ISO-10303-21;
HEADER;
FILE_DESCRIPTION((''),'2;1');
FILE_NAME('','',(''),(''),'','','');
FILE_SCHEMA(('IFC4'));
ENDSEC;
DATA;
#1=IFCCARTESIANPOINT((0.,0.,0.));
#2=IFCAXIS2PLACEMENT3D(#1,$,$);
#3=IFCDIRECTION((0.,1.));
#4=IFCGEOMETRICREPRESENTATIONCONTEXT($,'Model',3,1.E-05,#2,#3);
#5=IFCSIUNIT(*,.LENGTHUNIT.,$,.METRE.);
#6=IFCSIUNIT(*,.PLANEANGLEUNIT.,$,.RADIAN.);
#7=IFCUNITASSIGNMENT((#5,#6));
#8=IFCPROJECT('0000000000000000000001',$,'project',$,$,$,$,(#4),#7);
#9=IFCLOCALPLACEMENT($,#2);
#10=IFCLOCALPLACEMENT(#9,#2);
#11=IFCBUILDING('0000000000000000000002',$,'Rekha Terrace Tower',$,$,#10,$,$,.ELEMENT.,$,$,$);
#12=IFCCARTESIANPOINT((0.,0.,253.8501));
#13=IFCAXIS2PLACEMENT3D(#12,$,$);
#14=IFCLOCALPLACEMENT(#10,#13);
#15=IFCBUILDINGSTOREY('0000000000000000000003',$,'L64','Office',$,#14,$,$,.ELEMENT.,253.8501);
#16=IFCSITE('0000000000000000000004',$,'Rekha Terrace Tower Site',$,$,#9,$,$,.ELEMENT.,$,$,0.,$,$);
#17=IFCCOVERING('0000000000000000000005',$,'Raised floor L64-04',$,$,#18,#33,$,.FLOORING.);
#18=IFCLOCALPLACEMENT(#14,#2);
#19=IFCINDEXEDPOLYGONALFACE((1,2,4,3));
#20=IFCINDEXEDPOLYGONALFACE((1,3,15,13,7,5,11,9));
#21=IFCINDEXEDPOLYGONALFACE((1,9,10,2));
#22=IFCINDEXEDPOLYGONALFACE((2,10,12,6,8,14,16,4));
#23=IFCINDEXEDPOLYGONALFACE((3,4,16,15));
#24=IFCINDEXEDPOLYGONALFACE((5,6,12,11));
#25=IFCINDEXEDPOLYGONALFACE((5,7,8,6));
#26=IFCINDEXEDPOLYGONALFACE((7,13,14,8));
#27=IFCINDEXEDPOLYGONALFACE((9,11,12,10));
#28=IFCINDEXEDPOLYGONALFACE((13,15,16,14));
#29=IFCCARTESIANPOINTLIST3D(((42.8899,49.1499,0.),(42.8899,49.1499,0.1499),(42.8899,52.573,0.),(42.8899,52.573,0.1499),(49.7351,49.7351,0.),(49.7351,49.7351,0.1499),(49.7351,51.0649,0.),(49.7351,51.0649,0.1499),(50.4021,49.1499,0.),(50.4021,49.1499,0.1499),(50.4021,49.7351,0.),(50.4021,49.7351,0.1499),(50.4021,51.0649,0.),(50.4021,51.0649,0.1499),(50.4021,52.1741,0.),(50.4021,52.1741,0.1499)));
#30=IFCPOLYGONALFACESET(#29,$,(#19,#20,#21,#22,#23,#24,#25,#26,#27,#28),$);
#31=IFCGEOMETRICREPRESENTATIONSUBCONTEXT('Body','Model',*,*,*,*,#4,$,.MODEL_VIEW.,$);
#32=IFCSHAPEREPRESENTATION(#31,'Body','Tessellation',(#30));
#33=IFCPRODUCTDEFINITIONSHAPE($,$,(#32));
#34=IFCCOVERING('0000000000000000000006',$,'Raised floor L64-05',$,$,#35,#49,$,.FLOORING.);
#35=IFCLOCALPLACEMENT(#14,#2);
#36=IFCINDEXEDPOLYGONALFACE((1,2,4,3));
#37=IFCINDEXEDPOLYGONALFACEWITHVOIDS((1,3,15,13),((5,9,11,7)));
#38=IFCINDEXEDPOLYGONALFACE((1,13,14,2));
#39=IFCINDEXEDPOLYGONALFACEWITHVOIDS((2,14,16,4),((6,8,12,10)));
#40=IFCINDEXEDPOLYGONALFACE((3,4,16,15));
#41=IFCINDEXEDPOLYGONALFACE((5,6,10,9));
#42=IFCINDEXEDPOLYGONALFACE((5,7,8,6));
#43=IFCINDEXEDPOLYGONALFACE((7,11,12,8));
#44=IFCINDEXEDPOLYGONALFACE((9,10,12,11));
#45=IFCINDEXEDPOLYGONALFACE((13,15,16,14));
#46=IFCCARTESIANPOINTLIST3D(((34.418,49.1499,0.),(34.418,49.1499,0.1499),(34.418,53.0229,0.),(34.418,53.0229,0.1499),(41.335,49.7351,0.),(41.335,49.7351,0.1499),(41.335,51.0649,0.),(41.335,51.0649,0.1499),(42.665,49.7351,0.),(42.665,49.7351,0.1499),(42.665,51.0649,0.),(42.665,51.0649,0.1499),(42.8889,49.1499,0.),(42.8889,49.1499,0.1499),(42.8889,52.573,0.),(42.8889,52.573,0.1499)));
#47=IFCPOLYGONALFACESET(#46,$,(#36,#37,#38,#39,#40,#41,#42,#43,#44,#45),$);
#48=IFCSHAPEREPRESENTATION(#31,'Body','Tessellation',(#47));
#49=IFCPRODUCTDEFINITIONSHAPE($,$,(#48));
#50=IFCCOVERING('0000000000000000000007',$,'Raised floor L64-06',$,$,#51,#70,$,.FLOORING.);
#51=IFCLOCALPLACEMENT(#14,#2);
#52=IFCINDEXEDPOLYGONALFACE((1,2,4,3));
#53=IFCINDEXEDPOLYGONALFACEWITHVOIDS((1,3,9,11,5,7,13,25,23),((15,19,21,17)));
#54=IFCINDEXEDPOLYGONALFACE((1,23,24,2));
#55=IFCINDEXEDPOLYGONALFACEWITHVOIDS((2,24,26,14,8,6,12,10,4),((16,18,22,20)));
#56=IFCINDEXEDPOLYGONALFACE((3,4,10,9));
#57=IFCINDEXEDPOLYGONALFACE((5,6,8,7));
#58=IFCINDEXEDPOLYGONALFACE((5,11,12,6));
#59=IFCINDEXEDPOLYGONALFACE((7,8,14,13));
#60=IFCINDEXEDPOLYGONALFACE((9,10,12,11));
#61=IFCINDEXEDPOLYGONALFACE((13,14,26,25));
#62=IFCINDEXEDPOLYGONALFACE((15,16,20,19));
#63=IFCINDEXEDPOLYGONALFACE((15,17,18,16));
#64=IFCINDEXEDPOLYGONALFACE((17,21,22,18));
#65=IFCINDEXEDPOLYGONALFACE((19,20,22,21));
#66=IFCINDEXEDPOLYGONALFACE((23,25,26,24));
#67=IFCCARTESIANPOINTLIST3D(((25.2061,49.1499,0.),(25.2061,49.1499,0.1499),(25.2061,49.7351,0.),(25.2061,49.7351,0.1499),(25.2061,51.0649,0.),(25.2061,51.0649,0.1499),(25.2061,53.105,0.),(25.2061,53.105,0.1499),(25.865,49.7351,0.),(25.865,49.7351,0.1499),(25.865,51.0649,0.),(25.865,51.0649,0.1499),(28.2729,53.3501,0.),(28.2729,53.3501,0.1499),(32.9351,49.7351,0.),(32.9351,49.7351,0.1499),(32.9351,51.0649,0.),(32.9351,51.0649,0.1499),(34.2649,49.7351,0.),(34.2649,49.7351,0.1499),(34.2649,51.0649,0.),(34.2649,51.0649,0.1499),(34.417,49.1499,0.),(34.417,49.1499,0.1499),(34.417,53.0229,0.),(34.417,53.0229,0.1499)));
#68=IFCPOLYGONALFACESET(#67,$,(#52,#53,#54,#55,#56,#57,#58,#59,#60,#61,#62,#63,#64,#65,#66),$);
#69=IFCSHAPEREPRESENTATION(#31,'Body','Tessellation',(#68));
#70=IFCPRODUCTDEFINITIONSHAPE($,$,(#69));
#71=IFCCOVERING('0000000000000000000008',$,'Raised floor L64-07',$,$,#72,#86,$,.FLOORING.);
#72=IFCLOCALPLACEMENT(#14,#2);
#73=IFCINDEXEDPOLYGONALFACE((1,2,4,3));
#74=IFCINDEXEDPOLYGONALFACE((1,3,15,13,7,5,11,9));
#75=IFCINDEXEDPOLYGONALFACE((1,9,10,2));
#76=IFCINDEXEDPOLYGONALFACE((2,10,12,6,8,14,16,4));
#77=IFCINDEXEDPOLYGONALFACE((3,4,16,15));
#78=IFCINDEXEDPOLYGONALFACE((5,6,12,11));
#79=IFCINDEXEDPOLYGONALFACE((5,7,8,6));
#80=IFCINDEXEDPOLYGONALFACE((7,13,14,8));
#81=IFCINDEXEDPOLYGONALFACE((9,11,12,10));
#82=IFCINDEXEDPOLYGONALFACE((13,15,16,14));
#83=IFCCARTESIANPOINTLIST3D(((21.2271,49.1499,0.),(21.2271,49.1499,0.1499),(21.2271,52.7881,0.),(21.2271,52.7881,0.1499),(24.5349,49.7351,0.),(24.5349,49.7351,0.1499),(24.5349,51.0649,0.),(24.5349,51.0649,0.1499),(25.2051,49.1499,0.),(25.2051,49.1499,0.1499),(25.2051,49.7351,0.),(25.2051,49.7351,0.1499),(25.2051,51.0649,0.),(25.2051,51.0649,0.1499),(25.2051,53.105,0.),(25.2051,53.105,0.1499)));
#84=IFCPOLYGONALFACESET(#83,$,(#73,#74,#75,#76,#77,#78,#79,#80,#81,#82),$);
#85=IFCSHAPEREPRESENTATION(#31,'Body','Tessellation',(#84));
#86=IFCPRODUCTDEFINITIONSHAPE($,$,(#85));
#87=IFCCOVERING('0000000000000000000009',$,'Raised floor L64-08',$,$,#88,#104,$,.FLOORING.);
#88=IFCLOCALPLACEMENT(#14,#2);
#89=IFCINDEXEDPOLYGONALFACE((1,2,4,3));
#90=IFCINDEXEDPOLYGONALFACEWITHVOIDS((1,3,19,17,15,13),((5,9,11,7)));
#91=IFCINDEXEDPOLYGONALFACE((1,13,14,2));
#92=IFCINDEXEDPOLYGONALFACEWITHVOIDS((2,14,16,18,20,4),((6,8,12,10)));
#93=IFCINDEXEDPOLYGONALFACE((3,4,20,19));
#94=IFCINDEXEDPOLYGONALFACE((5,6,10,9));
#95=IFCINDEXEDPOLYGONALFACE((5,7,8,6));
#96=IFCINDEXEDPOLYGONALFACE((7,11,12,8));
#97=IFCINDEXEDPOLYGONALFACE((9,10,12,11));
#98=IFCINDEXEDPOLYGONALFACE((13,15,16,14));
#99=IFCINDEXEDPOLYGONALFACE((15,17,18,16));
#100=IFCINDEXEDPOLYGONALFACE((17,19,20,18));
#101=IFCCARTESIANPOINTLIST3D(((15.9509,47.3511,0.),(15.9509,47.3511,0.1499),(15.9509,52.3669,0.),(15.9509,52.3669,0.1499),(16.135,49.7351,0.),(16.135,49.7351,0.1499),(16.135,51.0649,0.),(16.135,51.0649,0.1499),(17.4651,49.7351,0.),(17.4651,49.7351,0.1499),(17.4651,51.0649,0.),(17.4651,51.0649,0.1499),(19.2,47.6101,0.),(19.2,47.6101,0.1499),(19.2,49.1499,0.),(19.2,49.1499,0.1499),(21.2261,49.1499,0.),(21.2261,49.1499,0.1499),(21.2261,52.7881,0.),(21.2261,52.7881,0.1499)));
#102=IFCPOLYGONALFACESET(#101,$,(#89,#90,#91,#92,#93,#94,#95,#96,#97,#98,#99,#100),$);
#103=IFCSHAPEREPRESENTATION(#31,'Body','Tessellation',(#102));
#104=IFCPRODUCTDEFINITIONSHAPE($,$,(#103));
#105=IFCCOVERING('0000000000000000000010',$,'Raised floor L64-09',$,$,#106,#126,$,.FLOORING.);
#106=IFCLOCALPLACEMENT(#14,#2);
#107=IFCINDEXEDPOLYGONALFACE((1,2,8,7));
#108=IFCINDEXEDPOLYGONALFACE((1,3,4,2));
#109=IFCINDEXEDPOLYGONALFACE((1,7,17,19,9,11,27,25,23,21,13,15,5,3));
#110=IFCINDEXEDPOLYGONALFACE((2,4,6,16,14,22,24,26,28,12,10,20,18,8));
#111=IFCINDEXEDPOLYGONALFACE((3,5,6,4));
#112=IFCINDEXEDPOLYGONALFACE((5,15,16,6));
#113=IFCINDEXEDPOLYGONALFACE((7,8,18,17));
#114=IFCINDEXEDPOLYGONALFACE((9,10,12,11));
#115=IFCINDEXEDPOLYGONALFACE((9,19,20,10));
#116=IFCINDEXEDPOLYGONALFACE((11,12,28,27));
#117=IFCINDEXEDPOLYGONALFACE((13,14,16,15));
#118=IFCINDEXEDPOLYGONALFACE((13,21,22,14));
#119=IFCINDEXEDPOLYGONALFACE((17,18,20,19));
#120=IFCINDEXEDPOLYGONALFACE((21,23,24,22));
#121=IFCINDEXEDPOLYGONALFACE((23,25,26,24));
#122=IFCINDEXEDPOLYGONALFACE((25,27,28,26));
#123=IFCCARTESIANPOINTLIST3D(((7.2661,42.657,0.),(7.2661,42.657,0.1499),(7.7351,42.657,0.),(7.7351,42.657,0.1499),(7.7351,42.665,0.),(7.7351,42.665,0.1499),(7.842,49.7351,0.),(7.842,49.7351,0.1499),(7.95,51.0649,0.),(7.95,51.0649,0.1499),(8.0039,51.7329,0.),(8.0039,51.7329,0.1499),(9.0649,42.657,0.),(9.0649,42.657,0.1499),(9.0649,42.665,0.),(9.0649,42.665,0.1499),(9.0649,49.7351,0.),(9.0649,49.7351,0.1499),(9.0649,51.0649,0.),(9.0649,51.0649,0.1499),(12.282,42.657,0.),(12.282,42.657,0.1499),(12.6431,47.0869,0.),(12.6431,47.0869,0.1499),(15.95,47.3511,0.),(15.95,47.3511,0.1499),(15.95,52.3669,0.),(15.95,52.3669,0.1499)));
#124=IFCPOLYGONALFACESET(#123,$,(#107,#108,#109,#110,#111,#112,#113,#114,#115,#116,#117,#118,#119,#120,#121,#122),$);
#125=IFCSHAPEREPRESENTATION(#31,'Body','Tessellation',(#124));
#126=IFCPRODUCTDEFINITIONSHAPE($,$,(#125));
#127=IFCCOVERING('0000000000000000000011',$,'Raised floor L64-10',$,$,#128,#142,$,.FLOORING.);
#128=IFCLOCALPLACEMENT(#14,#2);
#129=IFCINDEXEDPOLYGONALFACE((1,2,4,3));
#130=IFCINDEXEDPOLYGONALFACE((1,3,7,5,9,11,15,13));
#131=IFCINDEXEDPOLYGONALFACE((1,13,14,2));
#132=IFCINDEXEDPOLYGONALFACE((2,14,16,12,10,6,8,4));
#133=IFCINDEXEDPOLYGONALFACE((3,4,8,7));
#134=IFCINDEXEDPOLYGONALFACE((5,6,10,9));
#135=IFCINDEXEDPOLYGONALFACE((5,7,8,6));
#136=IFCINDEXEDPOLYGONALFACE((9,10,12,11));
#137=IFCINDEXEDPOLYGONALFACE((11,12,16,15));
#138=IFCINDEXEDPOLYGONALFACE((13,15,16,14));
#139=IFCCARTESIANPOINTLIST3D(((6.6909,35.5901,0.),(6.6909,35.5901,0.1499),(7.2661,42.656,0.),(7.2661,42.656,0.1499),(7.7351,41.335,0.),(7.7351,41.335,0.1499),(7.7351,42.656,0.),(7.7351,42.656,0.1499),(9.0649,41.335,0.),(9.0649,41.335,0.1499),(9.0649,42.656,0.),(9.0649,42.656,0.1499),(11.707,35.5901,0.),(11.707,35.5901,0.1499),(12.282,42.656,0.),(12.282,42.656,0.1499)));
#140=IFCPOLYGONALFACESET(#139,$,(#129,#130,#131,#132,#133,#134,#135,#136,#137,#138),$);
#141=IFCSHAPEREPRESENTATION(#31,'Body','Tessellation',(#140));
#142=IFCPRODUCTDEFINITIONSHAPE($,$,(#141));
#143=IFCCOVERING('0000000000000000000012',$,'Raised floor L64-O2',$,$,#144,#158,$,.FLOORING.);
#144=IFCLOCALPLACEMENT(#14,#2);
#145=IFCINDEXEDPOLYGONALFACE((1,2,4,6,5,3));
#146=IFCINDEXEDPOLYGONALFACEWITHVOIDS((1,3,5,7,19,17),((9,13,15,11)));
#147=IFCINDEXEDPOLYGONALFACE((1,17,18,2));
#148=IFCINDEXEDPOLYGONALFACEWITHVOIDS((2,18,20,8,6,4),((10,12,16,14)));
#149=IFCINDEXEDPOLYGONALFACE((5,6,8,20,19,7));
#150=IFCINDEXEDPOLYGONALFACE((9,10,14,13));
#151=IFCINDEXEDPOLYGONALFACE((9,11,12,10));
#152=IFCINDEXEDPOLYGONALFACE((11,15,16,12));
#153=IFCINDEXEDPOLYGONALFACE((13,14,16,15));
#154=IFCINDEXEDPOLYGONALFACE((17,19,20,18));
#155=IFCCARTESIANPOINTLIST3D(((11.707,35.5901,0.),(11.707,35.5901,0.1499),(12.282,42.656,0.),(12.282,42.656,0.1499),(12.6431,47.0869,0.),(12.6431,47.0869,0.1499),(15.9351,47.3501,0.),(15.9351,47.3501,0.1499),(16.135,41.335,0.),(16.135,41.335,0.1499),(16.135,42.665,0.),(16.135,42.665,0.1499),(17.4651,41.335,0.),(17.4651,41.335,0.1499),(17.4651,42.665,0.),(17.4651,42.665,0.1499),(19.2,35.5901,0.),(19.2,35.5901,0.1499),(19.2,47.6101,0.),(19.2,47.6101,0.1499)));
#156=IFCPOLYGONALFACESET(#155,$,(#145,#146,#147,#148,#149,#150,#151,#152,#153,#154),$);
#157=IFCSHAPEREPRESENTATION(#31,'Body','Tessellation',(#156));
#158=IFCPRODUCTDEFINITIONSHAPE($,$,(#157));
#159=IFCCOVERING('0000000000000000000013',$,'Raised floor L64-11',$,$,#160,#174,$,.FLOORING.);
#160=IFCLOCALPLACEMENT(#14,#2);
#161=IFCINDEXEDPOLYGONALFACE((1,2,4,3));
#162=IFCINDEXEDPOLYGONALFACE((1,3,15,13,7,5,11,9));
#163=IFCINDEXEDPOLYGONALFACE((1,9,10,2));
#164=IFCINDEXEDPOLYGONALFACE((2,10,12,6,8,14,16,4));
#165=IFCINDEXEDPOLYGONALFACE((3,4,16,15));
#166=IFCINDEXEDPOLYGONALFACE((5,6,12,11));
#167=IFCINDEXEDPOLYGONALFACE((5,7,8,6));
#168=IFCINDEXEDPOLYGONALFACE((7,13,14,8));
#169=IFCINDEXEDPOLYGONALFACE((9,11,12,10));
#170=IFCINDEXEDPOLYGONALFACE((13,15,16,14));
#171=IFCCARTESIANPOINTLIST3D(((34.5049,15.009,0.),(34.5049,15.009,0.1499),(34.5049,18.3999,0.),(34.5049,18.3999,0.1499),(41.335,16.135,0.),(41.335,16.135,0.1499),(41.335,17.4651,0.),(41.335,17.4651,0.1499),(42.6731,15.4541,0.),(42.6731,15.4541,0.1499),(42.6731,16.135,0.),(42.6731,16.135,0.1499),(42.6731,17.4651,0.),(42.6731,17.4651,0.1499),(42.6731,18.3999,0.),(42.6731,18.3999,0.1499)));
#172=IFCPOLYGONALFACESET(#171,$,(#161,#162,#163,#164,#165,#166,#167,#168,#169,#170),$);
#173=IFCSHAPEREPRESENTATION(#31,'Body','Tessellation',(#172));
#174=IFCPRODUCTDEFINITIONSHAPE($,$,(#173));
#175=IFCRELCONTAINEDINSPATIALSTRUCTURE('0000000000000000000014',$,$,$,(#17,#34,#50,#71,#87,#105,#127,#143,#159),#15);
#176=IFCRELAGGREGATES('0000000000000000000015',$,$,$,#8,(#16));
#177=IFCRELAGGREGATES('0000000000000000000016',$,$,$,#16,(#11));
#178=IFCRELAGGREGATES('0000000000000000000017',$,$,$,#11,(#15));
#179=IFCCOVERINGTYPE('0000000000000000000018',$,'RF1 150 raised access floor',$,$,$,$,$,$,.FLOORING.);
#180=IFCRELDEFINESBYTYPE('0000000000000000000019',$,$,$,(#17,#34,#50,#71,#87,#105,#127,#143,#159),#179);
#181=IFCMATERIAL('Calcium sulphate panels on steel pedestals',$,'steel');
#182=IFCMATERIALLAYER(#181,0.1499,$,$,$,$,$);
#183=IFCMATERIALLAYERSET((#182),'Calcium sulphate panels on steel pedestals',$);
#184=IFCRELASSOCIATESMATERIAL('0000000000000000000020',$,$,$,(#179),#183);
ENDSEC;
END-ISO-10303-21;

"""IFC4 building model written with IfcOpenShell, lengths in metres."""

from ifc_helpers import new_model, si_unit, direction, frame, origin, place, context, subcontext, project, spatial, polyline, outline, extrude, material, layer, layer_set, type_object, element, save


model = new_model("IFC4")

# Units and contexts
model_context = context("Model", 3, precision=1e-05, world=origin(), true_north=direction((0.0, 1.0)))
body_context = subcontext(model_context, "Body", "Model", "MODEL_VIEW")
ifc_project = project(units=[si_unit("LENGTHUNIT", "METRE"), si_unit("PLANEANGLEUNIT", "RADIAN")], contexts=[model_context])

# Site, building, storey
site_placement = place(None, origin())
site = spatial("IfcSite", under=ifc_project, at=site_placement, Name="Rekha Terrace Tower Site", CompositionType="ELEMENT", RefElevation=0.0)
building_placement = place(site_placement, origin())
building = spatial("IfcBuilding", under=site, at=building_placement, Name="Rekha Terrace Tower", CompositionType="ELEMENT")
storey_placement = place(building_placement, frame((0.0, 0.0, 253.8501)))
storey = spatial("IfcBuildingStorey", under=building, at=storey_placement, Name="L64", Description="Office", CompositionType="ELEMENT", Elevation=253.8501)

# Coverings
ifc_material_1 = material(Name="Calcium sulphate panels on steel pedestals", Category="steel")
ifc_layer_1 = layer(ifc_material_1, 0.1499)
ifc_layer_set_1 = layer_set([ifc_layer_1], Name="Calcium sulphate panels on steel pedestals")
covering_type_1 = type_object("IfcCoveringType", Name="RF1 150 raised access floor", PredefinedType="FLOORING", material=ifc_layer_set_1)
covering_1_placement = place(storey_placement, origin())
element("IfcCovering", 1, at=covering_1_placement, inside=storey, type_object=covering_type_1, Name="Raised floor L64-04", PredefinedType="FLOORING", context=body_context, shape_type="SweptSolid", body=[
    extrude(outline(polyline([(50.4021, 51.0649), (50.4021, 52.1741), (42.8899, 52.573), (42.8899, 49.1499), (50.4021, 49.1499), (50.4021, 49.7351), (49.7351, 49.7351), (49.7351, 51.0649), (50.4021, 51.0649)])), origin(), (0.0, 0.0, 1.0), 0.1499),
])
covering_2_placement = place(storey_placement, origin())
element("IfcCovering", 2, at=covering_2_placement, inside=storey, type_object=covering_type_1, Name="Raised floor L64-05", PredefinedType="FLOORING", context=body_context, shape_type="SweptSolid", body=[
    extrude(outline(polyline([(42.8889, 49.1499), (42.8889, 52.573), (34.418, 53.0229), (34.418, 49.1499), (42.8889, 49.1499)]), holes=[polyline([(42.665, 49.7351), (41.335, 49.7351), (41.335, 51.0649), (42.665, 51.0649), (42.665, 49.7351)])]), origin(), (0.0, 0.0, 1.0), 0.1499),
])
covering_3_placement = place(storey_placement, origin())
element("IfcCovering", 3, at=covering_3_placement, inside=storey, type_object=covering_type_1, Name="Raised floor L64-06", PredefinedType="FLOORING", context=body_context, shape_type="SweptSolid", body=[
    extrude(outline(polyline([(34.417, 53.0229), (28.2729, 53.3501), (25.2061, 53.105), (25.2061, 51.0649), (25.865, 51.0649), (25.865, 49.7351), (25.2061, 49.7351), (25.2061, 49.1499), (34.417, 49.1499), (34.417, 53.0229)]), holes=[polyline([(34.2649, 49.7351), (32.9351, 49.7351), (32.9351, 51.0649), (34.2649, 51.0649), (34.2649, 49.7351)])]), origin(), (0.0, 0.0, 1.0), 0.1499),
])
covering_4_placement = place(storey_placement, origin())
element("IfcCovering", 4, at=covering_4_placement, inside=storey, type_object=covering_type_1, Name="Raised floor L64-07", PredefinedType="FLOORING", context=body_context, shape_type="SweptSolid", body=[
    extrude(outline(polyline([(25.2051, 51.0649), (25.2051, 53.105), (21.2271, 52.7881), (21.2271, 49.1499), (25.2051, 49.1499), (25.2051, 49.7351), (24.5349, 49.7351), (24.5349, 51.0649), (25.2051, 51.0649)])), origin(), (0.0, 0.0, 1.0), 0.1499),
])
covering_5_placement = place(storey_placement, origin())
element("IfcCovering", 5, at=covering_5_placement, inside=storey, type_object=covering_type_1, Name="Raised floor L64-08", PredefinedType="FLOORING", context=body_context, shape_type="SweptSolid", body=[
    extrude(outline(polyline([(15.9509, 52.3669), (15.9509, 47.3511), (19.2, 47.6101), (19.2, 49.1499), (21.2261, 49.1499), (21.2261, 52.7881), (15.9509, 52.3669)]), holes=[polyline([(17.4651, 49.7351), (16.135, 49.7351), (16.135, 51.0649), (17.4651, 51.0649), (17.4651, 49.7351)])]), origin(), (0.0, 0.0, 1.0), 0.1499),
])
covering_6_placement = place(storey_placement, origin())
element("IfcCovering", 6, at=covering_6_placement, inside=storey, type_object=covering_type_1, Name="Raised floor L64-09", PredefinedType="FLOORING", context=body_context, shape_type="SweptSolid", body=[
    extrude(outline(polyline([(7.2661, 42.657), (7.7351, 42.657), (7.7351, 42.665), (9.0649, 42.665), (9.0649, 42.657), (12.282, 42.657), (12.6431, 47.0869), (15.95, 47.3511), (15.95, 52.3669), (8.0039, 51.7329), (7.95, 51.0649), (9.0649, 51.0649), (9.0649, 49.7351), (7.842, 49.7351), (7.2661, 42.657)])), origin(), (0.0, 0.0, 1.0), 0.1499),
])
covering_7_placement = place(storey_placement, origin())
element("IfcCovering", 7, at=covering_7_placement, inside=storey, type_object=covering_type_1, Name="Raised floor L64-10", PredefinedType="FLOORING", context=body_context, shape_type="SweptSolid", body=[
    extrude(outline(polyline([(7.7351, 42.656), (7.2661, 42.656), (6.6909, 35.5901), (11.707, 35.5901), (12.282, 42.656), (9.0649, 42.656), (9.0649, 41.335), (7.7351, 41.335), (7.7351, 42.656)])), origin(), (0.0, 0.0, 1.0), 0.1499),
])
covering_8_placement = place(storey_placement, origin())
element("IfcCovering", 8, at=covering_8_placement, inside=storey, type_object=covering_type_1, Name="Raised floor L64-O2", PredefinedType="FLOORING", context=body_context, shape_type="SweptSolid", body=[
    extrude(outline(polyline([(12.6431, 47.0869), (12.282, 42.656), (11.707, 35.5901), (19.2, 35.5901), (19.2, 47.6101), (15.9351, 47.3501), (12.6431, 47.0869)]), holes=[polyline([(17.4651, 41.335), (16.135, 41.335), (16.135, 42.665), (17.4651, 42.665), (17.4651, 41.335)])]), origin(), (0.0, 0.0, 1.0), 0.1499),
])
covering_9_placement = place(storey_placement, origin())
element("IfcCovering", 9, at=covering_9_placement, inside=storey, type_object=covering_type_1, Name="Raised floor L64-11", PredefinedType="FLOORING", context=body_context, shape_type="SweptSolid", body=[
    extrude(outline(polyline([(34.5049, 18.3999), (34.5049, 15.009), (42.6731, 15.4541), (42.6731, 16.135), (41.335, 16.135), (41.335, 17.4651), (42.6731, 17.4651), (42.6731, 18.3999), (34.5049, 18.3999)])), origin(), (0.0, 0.0, 1.0), 0.1499),
])

save(model, "model.ifc")
